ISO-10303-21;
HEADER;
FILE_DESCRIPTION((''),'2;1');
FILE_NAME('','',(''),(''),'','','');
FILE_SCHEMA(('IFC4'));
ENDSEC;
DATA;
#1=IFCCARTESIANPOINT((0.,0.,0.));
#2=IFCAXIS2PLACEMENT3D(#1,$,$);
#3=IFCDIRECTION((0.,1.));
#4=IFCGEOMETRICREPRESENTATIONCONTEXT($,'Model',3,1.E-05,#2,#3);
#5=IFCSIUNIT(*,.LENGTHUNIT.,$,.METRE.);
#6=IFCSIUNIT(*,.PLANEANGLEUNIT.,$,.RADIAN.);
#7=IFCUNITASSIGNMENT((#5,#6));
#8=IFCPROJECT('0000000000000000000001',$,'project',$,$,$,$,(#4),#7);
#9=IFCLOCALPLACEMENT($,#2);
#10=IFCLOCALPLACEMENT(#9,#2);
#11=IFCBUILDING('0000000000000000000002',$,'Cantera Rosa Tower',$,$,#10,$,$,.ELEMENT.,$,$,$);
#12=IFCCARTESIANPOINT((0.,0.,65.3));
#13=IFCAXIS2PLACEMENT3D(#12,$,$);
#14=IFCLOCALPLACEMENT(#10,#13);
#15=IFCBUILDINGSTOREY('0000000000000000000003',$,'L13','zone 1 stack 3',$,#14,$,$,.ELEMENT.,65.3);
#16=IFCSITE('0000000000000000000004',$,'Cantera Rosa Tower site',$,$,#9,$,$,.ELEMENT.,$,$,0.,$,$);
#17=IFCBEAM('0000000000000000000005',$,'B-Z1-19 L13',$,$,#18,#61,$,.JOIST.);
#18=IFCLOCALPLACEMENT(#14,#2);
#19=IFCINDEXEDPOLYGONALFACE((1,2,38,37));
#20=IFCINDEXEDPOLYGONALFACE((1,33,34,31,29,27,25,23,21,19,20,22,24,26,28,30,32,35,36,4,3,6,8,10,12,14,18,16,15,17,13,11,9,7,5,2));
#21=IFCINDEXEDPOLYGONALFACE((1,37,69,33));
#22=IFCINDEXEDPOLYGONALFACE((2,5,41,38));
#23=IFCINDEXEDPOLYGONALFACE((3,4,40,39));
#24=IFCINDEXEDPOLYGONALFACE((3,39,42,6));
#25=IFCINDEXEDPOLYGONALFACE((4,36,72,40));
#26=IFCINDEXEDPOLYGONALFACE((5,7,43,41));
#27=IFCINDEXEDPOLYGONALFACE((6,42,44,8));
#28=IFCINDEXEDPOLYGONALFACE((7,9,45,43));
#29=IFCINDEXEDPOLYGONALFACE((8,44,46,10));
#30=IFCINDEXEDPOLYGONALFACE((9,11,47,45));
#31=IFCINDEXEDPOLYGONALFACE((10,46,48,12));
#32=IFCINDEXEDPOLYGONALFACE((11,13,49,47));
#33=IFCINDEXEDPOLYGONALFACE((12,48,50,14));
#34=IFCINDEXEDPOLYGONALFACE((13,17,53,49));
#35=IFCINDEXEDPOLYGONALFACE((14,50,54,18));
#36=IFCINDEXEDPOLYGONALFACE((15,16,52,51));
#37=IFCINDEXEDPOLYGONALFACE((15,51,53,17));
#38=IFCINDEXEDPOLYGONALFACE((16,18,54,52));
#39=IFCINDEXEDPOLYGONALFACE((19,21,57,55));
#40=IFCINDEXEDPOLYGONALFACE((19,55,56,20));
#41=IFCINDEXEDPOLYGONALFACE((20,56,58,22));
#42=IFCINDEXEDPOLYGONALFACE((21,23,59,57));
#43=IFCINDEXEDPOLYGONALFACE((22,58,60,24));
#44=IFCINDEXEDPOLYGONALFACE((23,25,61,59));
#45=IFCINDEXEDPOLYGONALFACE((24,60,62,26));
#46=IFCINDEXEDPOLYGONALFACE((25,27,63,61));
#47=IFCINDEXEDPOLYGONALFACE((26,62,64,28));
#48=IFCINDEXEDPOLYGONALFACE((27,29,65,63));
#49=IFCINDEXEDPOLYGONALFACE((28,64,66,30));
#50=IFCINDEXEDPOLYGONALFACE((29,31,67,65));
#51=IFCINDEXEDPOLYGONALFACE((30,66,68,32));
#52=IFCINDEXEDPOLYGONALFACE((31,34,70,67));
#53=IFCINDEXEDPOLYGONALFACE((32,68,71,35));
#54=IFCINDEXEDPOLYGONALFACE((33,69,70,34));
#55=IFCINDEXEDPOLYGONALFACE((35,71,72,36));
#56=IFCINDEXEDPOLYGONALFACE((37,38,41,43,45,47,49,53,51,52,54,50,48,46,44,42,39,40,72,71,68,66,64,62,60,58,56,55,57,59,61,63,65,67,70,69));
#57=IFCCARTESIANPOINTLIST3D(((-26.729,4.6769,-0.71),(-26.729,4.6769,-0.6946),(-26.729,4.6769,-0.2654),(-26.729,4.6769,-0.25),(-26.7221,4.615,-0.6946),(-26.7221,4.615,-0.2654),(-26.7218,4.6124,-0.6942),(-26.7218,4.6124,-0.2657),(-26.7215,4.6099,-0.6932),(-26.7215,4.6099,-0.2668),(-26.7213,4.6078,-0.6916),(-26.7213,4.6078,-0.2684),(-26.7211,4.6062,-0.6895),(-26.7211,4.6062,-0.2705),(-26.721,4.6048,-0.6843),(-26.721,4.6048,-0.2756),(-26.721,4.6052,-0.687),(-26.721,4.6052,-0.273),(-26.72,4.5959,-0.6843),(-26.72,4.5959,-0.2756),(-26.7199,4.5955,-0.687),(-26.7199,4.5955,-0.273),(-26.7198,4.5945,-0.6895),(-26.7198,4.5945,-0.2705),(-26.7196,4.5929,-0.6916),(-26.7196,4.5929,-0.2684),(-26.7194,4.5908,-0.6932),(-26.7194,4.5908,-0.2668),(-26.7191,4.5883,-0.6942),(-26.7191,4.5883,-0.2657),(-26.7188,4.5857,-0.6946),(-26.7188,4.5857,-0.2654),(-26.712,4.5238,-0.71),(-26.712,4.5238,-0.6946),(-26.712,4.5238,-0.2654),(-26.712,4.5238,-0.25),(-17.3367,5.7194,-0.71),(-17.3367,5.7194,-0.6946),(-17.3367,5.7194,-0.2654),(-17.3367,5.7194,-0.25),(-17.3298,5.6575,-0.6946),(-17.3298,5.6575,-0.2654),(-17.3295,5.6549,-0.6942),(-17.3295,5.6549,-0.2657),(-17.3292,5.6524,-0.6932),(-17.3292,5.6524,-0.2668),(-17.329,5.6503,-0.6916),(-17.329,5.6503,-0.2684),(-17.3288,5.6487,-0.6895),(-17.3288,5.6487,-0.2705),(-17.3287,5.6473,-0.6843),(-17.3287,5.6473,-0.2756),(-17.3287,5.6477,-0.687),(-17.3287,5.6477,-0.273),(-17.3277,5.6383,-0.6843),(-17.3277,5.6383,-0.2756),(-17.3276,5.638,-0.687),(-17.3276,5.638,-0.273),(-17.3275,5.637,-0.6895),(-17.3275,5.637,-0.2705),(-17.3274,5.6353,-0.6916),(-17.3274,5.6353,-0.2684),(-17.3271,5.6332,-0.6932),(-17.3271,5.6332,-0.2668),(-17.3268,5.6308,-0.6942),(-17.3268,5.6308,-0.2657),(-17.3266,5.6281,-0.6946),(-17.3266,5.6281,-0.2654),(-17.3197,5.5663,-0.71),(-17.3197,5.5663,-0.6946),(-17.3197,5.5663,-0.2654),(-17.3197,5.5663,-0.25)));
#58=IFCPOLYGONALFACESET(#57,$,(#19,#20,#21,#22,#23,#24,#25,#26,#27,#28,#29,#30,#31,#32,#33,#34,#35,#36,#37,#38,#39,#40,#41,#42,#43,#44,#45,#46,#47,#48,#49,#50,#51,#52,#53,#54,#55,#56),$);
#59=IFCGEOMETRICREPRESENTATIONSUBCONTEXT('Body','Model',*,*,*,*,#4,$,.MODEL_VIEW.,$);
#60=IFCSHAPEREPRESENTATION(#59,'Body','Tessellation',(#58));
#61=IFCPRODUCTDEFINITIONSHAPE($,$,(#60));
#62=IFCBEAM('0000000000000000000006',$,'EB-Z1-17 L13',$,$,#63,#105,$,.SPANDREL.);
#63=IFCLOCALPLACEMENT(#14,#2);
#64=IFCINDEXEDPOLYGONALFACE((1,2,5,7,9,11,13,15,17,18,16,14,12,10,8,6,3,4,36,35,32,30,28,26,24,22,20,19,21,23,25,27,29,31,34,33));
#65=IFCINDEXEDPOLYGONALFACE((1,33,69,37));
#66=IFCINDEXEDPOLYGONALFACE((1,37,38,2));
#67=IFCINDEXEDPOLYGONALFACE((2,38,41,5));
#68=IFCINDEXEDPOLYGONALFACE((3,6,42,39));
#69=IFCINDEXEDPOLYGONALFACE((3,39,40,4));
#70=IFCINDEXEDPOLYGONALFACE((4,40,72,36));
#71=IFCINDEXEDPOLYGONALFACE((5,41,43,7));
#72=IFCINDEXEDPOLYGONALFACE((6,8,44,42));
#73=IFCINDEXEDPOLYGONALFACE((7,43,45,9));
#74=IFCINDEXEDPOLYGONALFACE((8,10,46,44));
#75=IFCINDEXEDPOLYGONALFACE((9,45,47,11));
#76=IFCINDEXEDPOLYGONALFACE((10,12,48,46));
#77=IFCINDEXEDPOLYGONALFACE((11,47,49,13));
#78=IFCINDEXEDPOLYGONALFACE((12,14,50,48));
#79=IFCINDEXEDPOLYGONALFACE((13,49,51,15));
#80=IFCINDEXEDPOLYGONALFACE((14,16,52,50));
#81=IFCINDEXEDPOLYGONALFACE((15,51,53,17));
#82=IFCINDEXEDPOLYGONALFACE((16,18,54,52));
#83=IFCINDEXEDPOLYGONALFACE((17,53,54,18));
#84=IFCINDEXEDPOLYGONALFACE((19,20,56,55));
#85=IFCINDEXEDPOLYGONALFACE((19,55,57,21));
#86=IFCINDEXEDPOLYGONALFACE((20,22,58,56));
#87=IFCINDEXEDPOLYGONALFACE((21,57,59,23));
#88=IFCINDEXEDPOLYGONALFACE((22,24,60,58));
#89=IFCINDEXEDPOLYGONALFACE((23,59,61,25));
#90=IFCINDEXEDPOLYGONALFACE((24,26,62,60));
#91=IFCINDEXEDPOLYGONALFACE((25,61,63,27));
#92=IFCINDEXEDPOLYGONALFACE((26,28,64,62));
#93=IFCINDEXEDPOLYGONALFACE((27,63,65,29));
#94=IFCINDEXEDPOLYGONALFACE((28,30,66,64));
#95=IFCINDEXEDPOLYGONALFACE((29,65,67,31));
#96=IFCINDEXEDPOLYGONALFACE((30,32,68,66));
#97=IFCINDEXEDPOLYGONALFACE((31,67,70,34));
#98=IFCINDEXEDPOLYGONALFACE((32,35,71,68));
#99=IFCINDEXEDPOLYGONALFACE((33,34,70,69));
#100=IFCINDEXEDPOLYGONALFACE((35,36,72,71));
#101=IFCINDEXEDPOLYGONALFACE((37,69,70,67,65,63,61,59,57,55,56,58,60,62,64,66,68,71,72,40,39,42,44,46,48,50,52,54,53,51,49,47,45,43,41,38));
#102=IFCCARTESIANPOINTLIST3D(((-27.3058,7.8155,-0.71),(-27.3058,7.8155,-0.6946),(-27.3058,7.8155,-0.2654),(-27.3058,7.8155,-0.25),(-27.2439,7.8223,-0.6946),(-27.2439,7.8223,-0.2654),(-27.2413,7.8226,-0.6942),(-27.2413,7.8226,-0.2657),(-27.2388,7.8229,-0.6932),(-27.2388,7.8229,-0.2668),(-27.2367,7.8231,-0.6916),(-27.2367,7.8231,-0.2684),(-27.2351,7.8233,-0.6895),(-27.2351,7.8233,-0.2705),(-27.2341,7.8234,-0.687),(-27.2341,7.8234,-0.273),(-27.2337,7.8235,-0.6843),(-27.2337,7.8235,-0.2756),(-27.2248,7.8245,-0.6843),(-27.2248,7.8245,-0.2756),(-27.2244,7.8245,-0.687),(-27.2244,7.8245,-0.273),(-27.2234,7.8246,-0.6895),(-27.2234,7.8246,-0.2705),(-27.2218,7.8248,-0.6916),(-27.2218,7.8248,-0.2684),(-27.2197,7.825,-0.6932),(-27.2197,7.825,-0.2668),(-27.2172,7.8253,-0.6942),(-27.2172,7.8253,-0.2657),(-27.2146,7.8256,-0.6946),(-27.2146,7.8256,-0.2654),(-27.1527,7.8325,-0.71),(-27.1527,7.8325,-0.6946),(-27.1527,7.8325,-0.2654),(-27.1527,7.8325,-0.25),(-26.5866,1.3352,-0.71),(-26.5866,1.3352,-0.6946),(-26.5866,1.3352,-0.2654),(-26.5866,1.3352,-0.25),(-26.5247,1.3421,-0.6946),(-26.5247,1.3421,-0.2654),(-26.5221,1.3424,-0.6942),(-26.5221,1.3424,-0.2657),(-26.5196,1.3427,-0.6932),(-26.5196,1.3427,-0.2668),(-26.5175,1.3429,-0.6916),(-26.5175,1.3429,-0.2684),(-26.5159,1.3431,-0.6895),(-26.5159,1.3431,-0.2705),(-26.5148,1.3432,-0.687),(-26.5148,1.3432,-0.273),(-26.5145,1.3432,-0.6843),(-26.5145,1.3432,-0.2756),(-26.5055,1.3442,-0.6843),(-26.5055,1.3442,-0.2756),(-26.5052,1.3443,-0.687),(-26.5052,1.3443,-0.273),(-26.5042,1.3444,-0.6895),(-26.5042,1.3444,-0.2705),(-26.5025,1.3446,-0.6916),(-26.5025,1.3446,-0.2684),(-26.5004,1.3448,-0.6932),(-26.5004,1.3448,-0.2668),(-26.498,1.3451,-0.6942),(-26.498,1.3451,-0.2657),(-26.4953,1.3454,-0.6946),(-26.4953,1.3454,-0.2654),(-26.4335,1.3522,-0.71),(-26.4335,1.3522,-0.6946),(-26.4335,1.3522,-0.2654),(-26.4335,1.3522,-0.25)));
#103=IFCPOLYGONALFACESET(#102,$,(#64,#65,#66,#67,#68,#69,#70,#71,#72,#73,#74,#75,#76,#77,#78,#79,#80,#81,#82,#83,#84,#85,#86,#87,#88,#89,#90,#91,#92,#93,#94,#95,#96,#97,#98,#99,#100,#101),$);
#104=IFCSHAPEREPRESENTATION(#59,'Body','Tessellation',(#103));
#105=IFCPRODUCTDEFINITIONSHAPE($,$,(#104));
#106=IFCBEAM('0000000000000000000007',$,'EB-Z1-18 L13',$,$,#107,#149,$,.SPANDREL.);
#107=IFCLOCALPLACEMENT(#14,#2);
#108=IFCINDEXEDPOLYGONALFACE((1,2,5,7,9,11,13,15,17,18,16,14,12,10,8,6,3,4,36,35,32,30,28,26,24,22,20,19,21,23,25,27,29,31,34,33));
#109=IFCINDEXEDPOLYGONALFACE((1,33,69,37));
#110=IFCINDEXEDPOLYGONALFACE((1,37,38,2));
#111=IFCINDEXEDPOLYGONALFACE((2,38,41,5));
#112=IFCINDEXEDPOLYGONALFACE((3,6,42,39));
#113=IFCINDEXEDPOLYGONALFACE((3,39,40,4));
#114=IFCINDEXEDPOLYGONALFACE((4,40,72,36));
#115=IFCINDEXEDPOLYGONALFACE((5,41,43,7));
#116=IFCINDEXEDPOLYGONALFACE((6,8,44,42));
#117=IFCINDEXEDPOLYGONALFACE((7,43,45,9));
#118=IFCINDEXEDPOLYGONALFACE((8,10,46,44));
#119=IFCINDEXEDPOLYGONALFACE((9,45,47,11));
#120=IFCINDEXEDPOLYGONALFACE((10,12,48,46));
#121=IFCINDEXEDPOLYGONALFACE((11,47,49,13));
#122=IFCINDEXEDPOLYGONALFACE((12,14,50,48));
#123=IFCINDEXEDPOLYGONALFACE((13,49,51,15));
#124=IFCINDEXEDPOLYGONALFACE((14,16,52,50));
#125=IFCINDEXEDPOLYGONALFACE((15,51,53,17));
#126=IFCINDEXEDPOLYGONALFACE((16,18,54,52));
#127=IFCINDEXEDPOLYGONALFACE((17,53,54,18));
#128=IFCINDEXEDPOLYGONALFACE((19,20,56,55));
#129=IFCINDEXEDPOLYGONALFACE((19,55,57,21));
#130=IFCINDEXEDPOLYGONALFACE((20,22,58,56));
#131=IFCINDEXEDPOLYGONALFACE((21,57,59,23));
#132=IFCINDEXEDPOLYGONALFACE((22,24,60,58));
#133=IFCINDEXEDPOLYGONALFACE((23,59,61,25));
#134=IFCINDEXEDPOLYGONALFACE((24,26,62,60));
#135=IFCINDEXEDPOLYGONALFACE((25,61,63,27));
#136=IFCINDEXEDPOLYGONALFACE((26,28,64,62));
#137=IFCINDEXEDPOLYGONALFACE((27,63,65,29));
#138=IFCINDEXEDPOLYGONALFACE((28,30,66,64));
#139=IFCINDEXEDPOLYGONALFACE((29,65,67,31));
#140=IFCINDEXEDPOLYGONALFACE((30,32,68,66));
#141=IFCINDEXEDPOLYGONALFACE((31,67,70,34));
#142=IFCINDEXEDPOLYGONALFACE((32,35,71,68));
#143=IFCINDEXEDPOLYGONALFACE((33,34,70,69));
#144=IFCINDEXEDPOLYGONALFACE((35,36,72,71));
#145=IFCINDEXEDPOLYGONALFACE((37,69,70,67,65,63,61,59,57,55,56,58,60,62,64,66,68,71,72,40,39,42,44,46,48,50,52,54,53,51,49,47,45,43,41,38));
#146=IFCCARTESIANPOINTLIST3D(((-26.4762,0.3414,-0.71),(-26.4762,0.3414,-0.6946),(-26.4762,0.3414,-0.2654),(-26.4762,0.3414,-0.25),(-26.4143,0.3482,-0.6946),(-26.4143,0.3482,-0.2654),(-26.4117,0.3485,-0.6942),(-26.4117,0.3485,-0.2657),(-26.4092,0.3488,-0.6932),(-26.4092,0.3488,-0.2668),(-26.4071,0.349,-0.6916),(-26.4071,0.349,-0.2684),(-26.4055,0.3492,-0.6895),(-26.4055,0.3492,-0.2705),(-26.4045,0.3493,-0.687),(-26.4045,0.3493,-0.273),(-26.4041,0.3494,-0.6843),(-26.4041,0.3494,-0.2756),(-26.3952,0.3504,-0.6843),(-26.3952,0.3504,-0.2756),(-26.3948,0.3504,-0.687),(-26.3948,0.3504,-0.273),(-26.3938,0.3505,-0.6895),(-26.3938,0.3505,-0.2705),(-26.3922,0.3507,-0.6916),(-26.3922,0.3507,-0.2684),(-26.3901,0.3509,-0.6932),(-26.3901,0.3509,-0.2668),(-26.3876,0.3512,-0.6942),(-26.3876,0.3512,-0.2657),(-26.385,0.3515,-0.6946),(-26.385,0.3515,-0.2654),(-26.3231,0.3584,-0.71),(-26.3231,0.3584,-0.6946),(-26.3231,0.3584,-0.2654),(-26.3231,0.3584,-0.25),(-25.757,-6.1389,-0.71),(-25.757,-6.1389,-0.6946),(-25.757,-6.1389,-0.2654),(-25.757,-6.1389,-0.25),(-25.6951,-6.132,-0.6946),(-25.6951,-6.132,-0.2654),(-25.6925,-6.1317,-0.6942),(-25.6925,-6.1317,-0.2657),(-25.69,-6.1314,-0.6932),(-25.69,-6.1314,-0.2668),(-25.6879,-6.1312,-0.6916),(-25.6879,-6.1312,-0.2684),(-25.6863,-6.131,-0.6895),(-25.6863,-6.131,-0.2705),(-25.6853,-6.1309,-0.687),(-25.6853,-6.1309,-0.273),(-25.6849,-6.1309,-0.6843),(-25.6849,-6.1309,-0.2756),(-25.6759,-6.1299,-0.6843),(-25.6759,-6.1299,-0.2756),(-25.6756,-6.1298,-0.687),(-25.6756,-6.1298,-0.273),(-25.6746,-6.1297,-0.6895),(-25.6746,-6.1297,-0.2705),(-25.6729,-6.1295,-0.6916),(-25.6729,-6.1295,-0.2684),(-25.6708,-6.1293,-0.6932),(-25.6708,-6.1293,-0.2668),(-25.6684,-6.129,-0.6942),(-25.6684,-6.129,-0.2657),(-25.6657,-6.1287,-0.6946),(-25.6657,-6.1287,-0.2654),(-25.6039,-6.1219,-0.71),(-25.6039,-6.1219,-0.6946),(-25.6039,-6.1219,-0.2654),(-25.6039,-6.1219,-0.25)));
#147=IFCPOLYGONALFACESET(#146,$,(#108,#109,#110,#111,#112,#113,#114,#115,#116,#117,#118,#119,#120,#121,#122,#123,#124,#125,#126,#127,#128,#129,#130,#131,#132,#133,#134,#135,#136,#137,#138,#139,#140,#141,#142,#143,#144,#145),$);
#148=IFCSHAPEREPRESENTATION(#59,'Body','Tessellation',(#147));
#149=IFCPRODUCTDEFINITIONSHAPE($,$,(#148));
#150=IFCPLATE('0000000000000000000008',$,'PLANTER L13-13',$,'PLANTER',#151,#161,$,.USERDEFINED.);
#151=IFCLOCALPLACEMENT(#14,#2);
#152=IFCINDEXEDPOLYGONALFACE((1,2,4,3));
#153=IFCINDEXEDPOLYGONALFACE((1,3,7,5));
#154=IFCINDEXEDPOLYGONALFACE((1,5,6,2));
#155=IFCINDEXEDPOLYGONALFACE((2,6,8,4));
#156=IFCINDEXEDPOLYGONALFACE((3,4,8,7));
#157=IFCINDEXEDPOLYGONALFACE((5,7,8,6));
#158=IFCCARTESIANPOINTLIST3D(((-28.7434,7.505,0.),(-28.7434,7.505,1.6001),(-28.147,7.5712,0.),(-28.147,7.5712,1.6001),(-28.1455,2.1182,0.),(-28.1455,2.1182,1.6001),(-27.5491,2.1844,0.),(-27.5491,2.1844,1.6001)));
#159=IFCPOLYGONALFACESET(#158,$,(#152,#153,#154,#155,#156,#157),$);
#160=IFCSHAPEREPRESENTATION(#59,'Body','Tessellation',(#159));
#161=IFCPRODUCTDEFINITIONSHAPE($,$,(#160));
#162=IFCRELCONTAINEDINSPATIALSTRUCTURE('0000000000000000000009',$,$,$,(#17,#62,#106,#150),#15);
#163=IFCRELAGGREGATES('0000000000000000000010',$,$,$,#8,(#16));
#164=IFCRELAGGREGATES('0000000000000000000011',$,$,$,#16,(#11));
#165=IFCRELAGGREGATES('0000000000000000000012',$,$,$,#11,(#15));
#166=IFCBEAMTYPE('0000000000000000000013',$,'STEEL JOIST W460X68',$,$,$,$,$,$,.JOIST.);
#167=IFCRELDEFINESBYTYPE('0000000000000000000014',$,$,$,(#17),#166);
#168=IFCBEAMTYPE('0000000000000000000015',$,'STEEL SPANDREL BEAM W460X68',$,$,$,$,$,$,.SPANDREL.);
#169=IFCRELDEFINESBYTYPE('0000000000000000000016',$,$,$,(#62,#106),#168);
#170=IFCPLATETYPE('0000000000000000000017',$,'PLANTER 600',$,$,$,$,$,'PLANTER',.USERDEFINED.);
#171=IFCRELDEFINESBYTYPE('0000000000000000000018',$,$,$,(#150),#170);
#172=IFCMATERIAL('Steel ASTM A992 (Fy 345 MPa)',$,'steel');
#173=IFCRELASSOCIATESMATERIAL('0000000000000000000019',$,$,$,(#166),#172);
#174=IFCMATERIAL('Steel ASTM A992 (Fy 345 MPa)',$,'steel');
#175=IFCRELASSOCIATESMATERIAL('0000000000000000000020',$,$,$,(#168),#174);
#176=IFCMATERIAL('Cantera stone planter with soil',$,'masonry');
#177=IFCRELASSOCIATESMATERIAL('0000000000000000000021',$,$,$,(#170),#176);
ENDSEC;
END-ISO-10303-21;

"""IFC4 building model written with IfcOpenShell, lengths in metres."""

from ifc_helpers import new_model, si_unit, direction, frame, origin, origin_2d, place, context, subcontext, project, spatial, rectangle, i_section, extrude, material, material_profile, profile_set, type_object, element, save


model = new_model("IFC4")

# Units and contexts
model_context = context("Model", 3, precision=1e-05, world=origin(), true_north=direction((0.0, 1.0)))
body_context = subcontext(model_context, "Body", "Model", "MODEL_VIEW")
ifc_project = project(units=[si_unit("LENGTHUNIT", "METRE"), si_unit("PLANEANGLEUNIT", "RADIAN")], contexts=[model_context])

# Site, building, storey
site_placement = place(None, origin())
site = spatial("IfcSite", under=ifc_project, at=site_placement, Name="Cantera Rosa Tower site", CompositionType="ELEMENT", RefElevation=0.0)
building_placement = place(site_placement, origin())
building = spatial("IfcBuilding", under=site, at=building_placement, Name="Cantera Rosa Tower", CompositionType="ELEMENT")
storey_placement = place(building_placement, frame((0.0, 0.0, 65.3)))
storey = spatial("IfcBuildingStorey", under=building, at=storey_placement, Name="L13", Description="zone 1 stack 3", CompositionType="ELEMENT", Elevation=65.3)

# Beams
ifc_material_1 = material(Name="Steel ASTM A992 (Fy 345 MPa)", Category="steel")
ifc_material_profile_1 = material_profile(ifc_material_1, i_section(OverallWidth=0.1541, OverallDepth=0.46, WebThickness=0.009, FlangeThickness=0.0154, FilletRadius=0.0103, at=origin_2d()), Name="W460X68")
ifc_profile_set_1 = profile_set([ifc_material_profile_1], Name="Steel ASTM A992 (Fy 345 MPa)")
beam_type_1 = type_object("IfcBeamType", Name="STEEL JOIST W460X68", PredefinedType="JOIST", material=ifc_profile_set_1)
beam_1_placement = place(storey_placement, frame((-26.7205, 4.6003, -0.48), z_axis=(0.993897, 0.110315, 0.0), x_axis=(-0.110315, 0.993897, 0.0)))
element("IfcBeam", 1, at=beam_1_placement, inside=storey, type_object=beam_type_1, Name="B-Z1-19 L13", PredefinedType="JOIST", context=body_context, shape_type="SweptSolid", body=[
    extrude(i_section(OverallWidth=0.1541, OverallDepth=0.46, WebThickness=0.009, FlangeThickness=0.0154, FilletRadius=0.0103, at=origin_2d()), origin(), (0.0, 0.0, 1.0), 9.45),
])
ifc_material_2 = material(Name="Steel ASTM A992 (Fy 345 MPa)", Category="steel")
ifc_material_profile_2 = material_profile(ifc_material_2, i_section(OverallWidth=0.1541, OverallDepth=0.46, WebThickness=0.009, FlangeThickness=0.0154, FilletRadius=0.0103, at=origin_2d()), Name="W460X68")
ifc_profile_set_2 = profile_set([ifc_material_profile_2], Name="Steel ASTM A992 (Fy 345 MPa)")
beam_type_2 = type_object("IfcBeamType", Name="STEEL SPANDREL BEAM W460X68", PredefinedType="SPANDREL", material=ifc_profile_set_2)
for number, where, z_axis, x_axis, name in (
    (2, (-27.2292, 7.824, -0.48), (0.110312, -0.993897, 0.0), (0.993897, 0.110312, 0.0), "EB-Z1-17 L13"),
    (3, (-26.3997, 0.3499, -0.48), (0.110312, -0.993897, 0.0), (0.993897, 0.110312, 0.0), "EB-Z1-18 L13"),
):
    element("IfcBeam", number, at=place(storey_placement, frame(where, z_axis=z_axis, x_axis=x_axis)), inside=storey, type_object=beam_type_2, Name=name, PredefinedType="SPANDREL", context=body_context, shape_type="SweptSolid", body=[
        extrude(i_section(OverallWidth=0.1541, OverallDepth=0.46, WebThickness=0.009, FlangeThickness=0.0154, FilletRadius=0.0103, at=origin_2d()), origin(), (0.0, 0.0, 1.0), 6.52),
    ])

# Plate
ifc_material_3 = material(Name="Cantera stone planter with soil", Category="masonry")
plate_type = type_object("IfcPlateType", Name="PLANTER 600", ElementType="PLANTER", PredefinedType="USERDEFINED", material=ifc_material_3)
plate_placement = place(storey_placement, frame((-28.1462, 4.8447, 0.0), z_axis=(0.0, 0.0, 1.0), x_axis=(0.110313, -0.993897, 0.0)))
element("IfcPlate", 4, at=plate_placement, inside=storey, type_object=plate_type, Name="PLANTER L13-13", ObjectType="PLANTER", PredefinedType="USERDEFINED", context=body_context, shape_type="SweptSolid", body=[
    extrude(rectangle(XDim=5.4199, YDim=0.6001, at=origin_2d()), origin(), (0.0, 0.0, 1.0), 1.6001),
])

save(model, "model.ifc")
